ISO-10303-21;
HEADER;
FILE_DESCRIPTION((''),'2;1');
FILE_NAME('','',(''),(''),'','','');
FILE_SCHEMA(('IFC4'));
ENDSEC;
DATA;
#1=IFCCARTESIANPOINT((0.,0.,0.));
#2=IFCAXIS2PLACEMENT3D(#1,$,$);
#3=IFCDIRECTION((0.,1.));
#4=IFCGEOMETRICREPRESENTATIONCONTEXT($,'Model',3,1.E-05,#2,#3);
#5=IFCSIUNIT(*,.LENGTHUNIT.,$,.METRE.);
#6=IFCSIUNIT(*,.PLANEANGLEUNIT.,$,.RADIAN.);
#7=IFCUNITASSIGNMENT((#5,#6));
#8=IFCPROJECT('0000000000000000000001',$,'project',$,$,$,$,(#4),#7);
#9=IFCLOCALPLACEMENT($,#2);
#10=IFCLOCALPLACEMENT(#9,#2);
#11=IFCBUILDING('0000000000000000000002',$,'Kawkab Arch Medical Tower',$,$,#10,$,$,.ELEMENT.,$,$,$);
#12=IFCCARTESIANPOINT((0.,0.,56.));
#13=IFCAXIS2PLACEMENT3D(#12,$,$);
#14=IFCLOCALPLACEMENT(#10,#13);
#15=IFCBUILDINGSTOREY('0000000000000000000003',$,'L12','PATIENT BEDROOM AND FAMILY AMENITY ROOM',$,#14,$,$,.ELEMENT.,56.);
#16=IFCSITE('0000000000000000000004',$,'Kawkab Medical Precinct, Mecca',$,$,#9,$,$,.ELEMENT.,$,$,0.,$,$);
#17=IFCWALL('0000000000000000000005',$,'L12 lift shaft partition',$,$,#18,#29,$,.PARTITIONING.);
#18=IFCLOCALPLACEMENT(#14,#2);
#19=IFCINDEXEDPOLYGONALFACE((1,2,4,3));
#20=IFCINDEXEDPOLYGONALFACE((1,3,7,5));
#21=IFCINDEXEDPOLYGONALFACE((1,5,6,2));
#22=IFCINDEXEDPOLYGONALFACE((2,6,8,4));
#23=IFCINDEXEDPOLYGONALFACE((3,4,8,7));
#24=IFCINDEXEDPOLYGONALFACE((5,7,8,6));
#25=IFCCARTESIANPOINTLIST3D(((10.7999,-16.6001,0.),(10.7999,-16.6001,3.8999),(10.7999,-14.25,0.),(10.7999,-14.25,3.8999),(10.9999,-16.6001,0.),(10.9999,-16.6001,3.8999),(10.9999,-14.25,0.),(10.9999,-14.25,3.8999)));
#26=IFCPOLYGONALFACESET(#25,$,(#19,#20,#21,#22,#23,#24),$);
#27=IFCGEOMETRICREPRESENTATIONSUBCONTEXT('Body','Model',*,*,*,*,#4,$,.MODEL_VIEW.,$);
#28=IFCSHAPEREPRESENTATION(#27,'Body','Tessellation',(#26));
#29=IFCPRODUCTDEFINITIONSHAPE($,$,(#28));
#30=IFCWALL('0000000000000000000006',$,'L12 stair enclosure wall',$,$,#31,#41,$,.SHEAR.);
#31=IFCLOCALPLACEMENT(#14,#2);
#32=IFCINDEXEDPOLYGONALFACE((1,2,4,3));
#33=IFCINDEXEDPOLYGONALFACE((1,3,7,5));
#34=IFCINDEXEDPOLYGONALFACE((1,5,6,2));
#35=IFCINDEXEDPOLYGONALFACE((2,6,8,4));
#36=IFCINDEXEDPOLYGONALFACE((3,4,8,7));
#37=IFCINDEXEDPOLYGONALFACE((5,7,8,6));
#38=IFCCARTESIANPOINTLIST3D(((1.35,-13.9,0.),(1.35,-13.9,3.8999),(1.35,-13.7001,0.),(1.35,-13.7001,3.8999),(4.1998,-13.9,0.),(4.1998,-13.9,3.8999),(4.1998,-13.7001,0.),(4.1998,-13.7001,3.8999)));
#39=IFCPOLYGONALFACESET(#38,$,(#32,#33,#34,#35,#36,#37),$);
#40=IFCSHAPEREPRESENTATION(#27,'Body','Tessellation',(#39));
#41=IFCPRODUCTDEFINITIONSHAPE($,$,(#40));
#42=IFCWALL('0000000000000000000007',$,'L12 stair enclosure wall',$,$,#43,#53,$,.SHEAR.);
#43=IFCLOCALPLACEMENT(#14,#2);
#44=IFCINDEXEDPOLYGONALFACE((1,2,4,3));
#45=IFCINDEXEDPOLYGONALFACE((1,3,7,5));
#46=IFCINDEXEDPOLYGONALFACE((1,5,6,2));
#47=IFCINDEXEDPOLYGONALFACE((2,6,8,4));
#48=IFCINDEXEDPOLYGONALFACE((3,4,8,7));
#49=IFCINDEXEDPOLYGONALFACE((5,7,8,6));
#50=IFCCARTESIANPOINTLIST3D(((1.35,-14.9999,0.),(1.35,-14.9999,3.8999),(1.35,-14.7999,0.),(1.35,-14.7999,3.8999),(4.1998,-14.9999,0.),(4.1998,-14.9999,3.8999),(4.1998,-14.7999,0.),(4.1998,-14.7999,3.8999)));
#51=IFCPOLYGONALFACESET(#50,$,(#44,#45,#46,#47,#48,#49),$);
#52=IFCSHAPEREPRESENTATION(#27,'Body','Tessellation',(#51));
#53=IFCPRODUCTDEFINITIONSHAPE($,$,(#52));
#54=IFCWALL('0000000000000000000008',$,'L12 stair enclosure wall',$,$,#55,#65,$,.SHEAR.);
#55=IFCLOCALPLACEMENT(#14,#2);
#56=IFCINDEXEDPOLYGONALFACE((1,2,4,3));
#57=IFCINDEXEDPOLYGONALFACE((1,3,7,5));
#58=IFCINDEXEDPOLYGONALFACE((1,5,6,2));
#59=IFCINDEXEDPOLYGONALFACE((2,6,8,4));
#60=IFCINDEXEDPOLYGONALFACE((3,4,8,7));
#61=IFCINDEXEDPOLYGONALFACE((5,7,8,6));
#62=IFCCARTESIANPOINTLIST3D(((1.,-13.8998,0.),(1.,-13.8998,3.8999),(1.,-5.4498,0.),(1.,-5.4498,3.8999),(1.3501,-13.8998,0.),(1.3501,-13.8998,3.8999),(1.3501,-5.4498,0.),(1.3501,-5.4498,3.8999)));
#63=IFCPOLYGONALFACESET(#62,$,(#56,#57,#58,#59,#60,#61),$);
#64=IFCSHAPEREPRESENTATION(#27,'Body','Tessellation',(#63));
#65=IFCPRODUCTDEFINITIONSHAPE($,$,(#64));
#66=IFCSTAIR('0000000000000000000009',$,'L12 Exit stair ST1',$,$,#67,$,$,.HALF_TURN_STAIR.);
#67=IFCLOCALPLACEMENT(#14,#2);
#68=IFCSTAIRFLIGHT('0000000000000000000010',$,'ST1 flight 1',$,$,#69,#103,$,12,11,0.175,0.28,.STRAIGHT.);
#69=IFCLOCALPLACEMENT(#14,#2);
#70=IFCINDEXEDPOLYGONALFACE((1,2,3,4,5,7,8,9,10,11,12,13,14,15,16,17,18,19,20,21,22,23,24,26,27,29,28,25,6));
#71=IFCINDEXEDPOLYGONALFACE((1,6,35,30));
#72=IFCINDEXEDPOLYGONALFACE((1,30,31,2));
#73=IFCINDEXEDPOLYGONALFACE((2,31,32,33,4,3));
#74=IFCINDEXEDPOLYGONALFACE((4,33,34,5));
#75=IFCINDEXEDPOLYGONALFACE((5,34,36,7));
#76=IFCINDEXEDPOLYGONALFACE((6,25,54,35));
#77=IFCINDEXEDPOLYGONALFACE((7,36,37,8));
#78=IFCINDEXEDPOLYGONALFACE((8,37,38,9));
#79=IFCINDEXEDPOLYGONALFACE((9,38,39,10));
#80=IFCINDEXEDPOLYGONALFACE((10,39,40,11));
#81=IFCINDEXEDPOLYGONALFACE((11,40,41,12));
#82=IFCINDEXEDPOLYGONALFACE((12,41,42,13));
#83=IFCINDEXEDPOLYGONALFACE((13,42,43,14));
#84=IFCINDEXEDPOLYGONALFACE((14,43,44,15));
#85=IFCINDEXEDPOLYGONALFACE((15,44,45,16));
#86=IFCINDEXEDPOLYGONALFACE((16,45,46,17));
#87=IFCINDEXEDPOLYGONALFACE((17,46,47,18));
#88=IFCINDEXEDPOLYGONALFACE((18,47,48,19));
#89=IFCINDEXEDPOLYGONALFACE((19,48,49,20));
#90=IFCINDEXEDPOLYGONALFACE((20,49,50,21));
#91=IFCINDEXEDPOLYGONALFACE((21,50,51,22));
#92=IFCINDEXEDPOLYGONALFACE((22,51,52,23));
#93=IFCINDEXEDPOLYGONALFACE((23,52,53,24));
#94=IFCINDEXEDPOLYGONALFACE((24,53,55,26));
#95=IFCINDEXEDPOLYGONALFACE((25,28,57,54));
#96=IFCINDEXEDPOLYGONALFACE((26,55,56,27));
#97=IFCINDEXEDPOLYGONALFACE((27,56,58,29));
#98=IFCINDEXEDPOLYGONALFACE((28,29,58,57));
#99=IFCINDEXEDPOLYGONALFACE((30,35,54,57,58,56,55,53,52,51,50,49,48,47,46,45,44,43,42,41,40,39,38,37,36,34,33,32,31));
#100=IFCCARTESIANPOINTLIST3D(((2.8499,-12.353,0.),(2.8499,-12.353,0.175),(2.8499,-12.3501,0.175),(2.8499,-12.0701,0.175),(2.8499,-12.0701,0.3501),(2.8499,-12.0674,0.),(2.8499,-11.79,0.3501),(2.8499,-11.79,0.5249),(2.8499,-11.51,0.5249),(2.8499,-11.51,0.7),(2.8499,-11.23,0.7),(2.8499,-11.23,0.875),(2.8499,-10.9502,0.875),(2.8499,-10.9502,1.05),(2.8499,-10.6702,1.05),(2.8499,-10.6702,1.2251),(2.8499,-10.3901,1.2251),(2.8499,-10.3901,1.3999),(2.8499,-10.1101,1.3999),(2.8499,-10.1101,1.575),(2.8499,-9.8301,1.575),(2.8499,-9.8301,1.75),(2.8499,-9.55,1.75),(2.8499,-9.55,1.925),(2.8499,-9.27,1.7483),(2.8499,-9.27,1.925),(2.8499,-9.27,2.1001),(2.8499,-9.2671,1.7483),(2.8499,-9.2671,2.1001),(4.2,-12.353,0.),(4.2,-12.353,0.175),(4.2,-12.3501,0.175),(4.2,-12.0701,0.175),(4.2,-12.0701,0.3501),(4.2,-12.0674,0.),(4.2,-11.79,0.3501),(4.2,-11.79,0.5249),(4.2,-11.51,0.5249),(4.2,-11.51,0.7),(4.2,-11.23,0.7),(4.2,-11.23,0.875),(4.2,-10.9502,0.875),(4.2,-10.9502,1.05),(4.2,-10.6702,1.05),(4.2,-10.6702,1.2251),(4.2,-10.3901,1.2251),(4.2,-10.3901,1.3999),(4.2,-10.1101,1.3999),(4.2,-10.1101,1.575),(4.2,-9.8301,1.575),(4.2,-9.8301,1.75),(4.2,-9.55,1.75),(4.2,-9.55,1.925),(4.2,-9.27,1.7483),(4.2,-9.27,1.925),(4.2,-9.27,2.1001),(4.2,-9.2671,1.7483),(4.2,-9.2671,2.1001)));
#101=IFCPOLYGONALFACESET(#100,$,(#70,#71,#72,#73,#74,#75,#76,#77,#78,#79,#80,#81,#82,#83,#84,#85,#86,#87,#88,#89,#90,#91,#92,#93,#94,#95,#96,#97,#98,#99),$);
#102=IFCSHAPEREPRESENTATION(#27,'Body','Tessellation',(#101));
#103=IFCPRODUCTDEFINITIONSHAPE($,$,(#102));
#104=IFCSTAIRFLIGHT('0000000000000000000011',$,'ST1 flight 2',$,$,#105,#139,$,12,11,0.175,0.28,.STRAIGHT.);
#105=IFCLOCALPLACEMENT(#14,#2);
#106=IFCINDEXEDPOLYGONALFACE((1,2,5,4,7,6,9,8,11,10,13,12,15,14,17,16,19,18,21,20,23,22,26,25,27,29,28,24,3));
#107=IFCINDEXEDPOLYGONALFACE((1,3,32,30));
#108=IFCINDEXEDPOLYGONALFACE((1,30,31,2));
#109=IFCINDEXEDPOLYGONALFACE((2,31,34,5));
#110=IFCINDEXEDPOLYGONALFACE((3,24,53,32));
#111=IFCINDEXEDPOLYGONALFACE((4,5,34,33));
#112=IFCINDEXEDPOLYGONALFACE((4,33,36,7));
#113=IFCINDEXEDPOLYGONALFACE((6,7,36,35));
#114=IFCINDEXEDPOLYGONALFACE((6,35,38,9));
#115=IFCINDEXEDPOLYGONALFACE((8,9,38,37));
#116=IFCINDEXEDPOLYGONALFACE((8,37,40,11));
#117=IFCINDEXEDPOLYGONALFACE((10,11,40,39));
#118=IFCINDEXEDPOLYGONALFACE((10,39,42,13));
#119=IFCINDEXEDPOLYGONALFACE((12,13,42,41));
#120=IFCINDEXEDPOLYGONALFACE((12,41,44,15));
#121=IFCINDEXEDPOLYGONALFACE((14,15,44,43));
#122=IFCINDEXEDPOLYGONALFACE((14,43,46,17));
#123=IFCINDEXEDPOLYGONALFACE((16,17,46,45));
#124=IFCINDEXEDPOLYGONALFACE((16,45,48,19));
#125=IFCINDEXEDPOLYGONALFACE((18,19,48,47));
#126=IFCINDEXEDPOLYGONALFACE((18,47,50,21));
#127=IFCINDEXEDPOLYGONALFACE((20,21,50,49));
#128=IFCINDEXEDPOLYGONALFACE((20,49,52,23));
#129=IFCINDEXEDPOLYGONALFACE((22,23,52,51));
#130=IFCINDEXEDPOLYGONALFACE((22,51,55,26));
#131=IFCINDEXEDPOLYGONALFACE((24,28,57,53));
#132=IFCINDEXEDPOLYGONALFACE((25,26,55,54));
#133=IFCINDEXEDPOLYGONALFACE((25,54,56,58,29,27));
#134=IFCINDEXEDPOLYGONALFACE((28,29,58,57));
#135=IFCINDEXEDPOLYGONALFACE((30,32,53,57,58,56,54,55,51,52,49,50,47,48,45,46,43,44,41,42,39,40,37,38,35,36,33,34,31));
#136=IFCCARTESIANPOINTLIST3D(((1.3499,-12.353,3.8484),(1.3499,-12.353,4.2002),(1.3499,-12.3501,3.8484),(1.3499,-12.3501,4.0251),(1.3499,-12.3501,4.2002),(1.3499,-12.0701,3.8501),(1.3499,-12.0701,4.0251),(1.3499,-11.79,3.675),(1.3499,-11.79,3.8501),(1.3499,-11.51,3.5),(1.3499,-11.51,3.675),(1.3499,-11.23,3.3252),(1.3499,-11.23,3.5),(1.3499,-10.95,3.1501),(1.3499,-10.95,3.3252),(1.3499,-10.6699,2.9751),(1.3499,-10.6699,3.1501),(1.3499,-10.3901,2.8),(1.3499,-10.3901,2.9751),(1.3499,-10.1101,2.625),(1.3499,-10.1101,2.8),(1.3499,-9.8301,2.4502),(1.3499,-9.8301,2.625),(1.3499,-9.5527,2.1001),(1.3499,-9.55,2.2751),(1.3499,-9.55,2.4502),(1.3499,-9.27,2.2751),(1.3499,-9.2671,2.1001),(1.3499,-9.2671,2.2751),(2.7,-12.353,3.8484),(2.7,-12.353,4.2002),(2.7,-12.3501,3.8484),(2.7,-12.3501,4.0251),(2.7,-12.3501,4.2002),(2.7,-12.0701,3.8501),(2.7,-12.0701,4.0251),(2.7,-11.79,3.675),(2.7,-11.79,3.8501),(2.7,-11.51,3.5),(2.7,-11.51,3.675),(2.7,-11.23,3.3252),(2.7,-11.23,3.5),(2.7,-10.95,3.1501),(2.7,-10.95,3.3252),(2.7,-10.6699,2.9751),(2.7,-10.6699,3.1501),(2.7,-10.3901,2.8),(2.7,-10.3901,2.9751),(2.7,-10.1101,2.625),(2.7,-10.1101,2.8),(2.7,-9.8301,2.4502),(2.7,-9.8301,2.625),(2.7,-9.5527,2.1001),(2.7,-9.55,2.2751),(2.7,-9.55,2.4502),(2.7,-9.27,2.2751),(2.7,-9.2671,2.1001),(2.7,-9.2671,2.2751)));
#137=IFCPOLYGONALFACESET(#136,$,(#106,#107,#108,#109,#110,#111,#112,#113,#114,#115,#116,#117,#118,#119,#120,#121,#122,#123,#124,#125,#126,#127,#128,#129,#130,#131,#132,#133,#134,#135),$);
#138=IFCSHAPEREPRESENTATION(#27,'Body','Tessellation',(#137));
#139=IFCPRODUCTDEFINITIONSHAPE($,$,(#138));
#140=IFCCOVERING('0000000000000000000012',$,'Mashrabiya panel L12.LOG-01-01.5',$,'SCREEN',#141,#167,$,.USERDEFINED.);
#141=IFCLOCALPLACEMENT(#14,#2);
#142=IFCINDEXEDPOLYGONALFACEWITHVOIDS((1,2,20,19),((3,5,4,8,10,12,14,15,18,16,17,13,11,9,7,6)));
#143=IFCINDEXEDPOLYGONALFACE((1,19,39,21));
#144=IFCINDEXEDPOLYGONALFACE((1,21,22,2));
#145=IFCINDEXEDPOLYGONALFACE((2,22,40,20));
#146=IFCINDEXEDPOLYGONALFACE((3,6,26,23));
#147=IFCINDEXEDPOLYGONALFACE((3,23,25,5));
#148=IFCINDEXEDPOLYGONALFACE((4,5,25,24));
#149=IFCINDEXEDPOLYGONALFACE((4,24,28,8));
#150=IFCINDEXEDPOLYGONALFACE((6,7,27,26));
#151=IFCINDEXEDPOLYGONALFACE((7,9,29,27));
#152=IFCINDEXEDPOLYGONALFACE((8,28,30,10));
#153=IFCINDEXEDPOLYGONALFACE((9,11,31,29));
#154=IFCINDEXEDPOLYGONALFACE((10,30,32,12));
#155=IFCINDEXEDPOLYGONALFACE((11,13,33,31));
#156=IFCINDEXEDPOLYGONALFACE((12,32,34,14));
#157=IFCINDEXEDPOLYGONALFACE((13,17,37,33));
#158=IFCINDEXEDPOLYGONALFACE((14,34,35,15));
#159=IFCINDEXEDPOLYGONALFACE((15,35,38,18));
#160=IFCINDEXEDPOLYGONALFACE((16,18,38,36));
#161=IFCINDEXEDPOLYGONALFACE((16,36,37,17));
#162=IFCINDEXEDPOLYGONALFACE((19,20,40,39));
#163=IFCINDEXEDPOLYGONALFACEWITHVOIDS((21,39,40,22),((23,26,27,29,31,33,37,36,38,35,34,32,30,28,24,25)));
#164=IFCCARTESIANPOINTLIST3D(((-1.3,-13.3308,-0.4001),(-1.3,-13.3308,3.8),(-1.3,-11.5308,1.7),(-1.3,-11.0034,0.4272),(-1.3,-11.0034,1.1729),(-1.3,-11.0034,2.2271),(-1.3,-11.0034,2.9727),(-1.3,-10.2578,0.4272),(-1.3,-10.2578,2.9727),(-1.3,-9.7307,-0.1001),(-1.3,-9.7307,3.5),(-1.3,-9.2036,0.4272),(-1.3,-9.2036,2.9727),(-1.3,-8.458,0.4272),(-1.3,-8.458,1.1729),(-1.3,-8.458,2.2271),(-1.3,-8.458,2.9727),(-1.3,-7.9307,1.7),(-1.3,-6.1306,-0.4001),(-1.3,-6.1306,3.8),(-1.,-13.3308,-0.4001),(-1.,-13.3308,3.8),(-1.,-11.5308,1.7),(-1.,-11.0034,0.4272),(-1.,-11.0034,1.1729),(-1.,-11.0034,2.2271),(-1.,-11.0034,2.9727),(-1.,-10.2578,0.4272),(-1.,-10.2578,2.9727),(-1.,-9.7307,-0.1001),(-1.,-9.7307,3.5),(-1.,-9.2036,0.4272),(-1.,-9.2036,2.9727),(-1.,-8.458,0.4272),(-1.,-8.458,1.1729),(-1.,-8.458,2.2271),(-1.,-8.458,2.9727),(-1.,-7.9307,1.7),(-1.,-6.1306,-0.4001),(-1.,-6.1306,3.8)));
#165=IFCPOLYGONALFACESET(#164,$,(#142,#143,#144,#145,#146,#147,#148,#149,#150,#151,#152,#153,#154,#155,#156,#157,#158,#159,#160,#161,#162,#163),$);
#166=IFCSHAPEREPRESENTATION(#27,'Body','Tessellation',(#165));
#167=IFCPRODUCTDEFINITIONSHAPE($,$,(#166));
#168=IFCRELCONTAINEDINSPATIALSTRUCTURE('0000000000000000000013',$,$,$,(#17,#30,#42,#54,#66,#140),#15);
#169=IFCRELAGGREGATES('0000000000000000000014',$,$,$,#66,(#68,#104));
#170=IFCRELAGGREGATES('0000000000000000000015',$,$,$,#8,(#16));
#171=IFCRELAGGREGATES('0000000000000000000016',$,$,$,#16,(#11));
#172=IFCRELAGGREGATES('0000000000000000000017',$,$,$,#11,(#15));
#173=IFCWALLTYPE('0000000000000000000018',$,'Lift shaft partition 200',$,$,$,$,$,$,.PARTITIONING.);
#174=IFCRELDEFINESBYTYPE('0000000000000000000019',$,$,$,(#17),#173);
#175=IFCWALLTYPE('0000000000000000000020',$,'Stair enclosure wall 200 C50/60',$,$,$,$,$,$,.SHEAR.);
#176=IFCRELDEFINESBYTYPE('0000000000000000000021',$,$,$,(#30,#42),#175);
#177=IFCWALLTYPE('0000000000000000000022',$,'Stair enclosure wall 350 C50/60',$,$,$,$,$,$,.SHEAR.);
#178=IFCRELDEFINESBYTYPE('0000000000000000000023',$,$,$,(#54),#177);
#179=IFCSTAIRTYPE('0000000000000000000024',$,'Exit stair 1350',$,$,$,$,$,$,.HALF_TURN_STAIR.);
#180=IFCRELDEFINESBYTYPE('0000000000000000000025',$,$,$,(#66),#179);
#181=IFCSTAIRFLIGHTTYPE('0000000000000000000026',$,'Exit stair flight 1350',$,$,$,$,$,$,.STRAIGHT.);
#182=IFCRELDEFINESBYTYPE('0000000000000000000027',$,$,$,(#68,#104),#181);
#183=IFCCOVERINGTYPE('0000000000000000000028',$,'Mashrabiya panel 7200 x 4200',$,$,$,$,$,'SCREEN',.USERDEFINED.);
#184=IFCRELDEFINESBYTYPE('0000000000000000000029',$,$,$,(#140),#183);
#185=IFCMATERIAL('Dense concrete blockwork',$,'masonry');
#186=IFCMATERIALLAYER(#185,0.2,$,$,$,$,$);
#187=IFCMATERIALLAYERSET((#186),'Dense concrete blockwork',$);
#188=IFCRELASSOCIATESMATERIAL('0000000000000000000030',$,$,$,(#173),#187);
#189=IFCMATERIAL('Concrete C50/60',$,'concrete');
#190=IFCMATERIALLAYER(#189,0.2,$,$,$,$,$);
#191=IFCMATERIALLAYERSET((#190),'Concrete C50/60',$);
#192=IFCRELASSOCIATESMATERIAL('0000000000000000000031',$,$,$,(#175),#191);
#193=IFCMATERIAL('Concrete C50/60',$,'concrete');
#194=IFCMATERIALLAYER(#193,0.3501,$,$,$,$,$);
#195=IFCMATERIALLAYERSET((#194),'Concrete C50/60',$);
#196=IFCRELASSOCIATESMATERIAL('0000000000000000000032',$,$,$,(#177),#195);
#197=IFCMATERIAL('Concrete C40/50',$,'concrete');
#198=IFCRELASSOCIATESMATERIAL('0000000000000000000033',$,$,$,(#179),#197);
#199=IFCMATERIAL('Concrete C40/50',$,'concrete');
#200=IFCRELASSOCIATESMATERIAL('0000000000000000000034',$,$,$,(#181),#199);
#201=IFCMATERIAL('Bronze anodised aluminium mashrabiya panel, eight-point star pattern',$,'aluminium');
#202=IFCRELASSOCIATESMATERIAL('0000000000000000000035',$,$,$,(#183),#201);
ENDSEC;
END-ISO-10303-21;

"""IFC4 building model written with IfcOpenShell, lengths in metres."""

from ifc_helpers import new_model, si_unit, direction, frame, frame_2d, origin, place, context, subcontext, project, spatial, polyline, rectangle, outline, extrude, material, layer, layer_set, material_profile, profile_set, type_object, element, aggregate, save


model = new_model("IFC4")

# Units and contexts
model_context = context("Model", 3, precision=1e-05, world=origin(), true_north=direction((0.0, 1.0)))
body_context = subcontext(model_context, "Body", "Model", "MODEL_VIEW")
ifc_project = project(units=[si_unit("LENGTHUNIT", "METRE"), si_unit("PLANEANGLEUNIT", "RADIAN")], contexts=[model_context])

# Site, building, storey
site_placement = place(None, origin())
site = spatial("IfcSite", under=ifc_project, at=site_placement, Name="Kawkab Medical Precinct, Mecca", CompositionType="ELEMENT", RefElevation=0.0)
building_placement = place(site_placement, origin())
building = spatial("IfcBuilding", under=site, at=building_placement, Name="Kawkab Arch Medical Tower", CompositionType="ELEMENT")
storey_placement = place(building_placement, frame((0.0, 0.0, 56.0)))
storey = spatial("IfcBuildingStorey", under=building, at=storey_placement, Name="L12", Description="PATIENT BEDROOM AND FAMILY AMENITY ROOM", CompositionType="ELEMENT", Elevation=56.0)

# Shared definitions
placement = place(storey_placement, origin())

# Walls
ifc_material_1 = material(Name="Dense concrete blockwork", Category="masonry")
ifc_layer_1 = layer(ifc_material_1, 0.2)
ifc_layer_set_1 = layer_set([ifc_layer_1], Name="Dense concrete blockwork")
wall_type_1 = type_object("IfcWallType", Name="Lift shaft partition 200", PredefinedType="PARTITIONING", material=ifc_layer_set_1)
for number, where, z_axis, x_axis, name in (
    (1, (10.8999, -16.6001, 0.0), (0.0, 0.0, 1.0), (0.0, 1.0, 0.0), "L12 lift shaft partition"),
):
    element("IfcWall", number, at=place(storey_placement, frame(where, z_axis=z_axis, x_axis=x_axis)), inside=storey, type_object=wall_type_1, Name=name, PredefinedType="PARTITIONING", context=body_context, shape_type="SweptSolid", body=[
        extrude(rectangle(XDim=2.3501, YDim=0.2, at=frame_2d((1.175, 0.0))), origin(), (0.0, 0.0, 1.0), 3.8999),
    ])
ifc_material_2 = material(Name="Concrete C50/60", Category="concrete")
ifc_layer_2 = layer(ifc_material_2, 0.2)
ifc_layer_set_2 = layer_set([ifc_layer_2], Name="Concrete C50/60")
wall_type_2 = type_object("IfcWallType", Name="Stair enclosure wall 200 C50/60", PredefinedType="SHEAR", material=ifc_layer_set_2)
for number, where, z_axis, x_axis, name in (
    (2, (1.3501, -13.8, 0.0), (0.0, 0.0, 1.0), (1.0, 0.0, 0.0), "L12 stair enclosure wall"),
    (3, (1.3501, -14.8999, 0.0), (0.0, 0.0, 1.0), (1.0, 0.0, 0.0), "L12 stair enclosure wall"),
):
    element("IfcWall", number, at=place(storey_placement, frame(where, z_axis=z_axis, x_axis=x_axis)), inside=storey, type_object=wall_type_2, Name=name, PredefinedType="SHEAR", context=body_context, shape_type="SweptSolid", body=[
        extrude(rectangle(XDim=2.8499, YDim=0.2, at=frame_2d((1.4248, 0.0))), origin(), (0.0, 0.0, 1.0), 3.8999),
    ])
ifc_material_3 = material(Name="Concrete C50/60", Category="concrete")
ifc_layer_3 = layer(ifc_material_3, 0.3501)
ifc_layer_set_3 = layer_set([ifc_layer_3], Name="Concrete C50/60")
wall_type_3 = type_object("IfcWallType", Name="Stair enclosure wall 350 C50/60", PredefinedType="SHEAR", material=ifc_layer_set_3)
wall_1_placement = place(storey_placement, frame((1.175, -13.8999, 0.0), z_axis=(0.0, 0.0, 1.0), x_axis=(0.0, 1.0, 0.0)))
element("IfcWall", 4, at=wall_1_placement, inside=storey, type_object=wall_type_3, Name="L12 stair enclosure wall", PredefinedType="SHEAR", context=body_context, shape_type="SweptSolid", body=[
    extrude(rectangle(XDim=8.45, YDim=0.3501, at=frame_2d((4.2251, 0.0))), origin(), (0.0, 0.0, 1.0), 3.8999),
])

# Stair, stair flights
ifc_material_4 = material(Name="Concrete C40/50", Category="concrete")
stair_type = type_object("IfcStairType", Name="Exit stair 1350", PredefinedType="HALF_TURN_STAIR", material=ifc_material_4)
stair = element("IfcStair", 5, at=placement, inside=storey, type_object=stair_type, Name="L12 Exit stair ST1", PredefinedType="HALF_TURN_STAIR")
ifc_material_5 = material(Name="Concrete C40/50", Category="concrete")
stair_flight_type = type_object("IfcStairFlightType", Name="Exit stair flight 1350", PredefinedType="STRAIGHT", material=ifc_material_5)
stair_flight_1_placement = place(storey_placement, frame((3.5249, -12.3501, 0.0), z_axis=(0.0, 0.0, 1.0), x_axis=(0.0, 1.0, 0.0)))
stair_flight_1 = element("IfcStairFlight", 6, at=stair_flight_1_placement, type_object=stair_flight_type, Name="ST1 flight 1", NumberOfRisers=12, NumberOfTreads=11, PredefinedType="STRAIGHT", RiserHeight=0.175, TreadLength=0.28, context=body_context, shape_type="SweptSolid", body=[
    extrude(outline(polyline([(-0.0029, 0.0), (-0.0029, 0.175), (0.0, 0.175), (0.28, 0.175), (0.28, 0.3501), (0.5601, 0.3501), (0.5601, 0.5249), (0.8401, 0.5249), (0.8401, 0.7), (1.1201, 0.7), (1.1201, 0.875), (1.3999, 0.875), (1.3999, 1.05), (1.6799, 1.05), (1.6799, 1.2251), (1.96, 1.2251), (1.96, 1.3999), (2.24, 1.3999), (2.24, 1.575), (2.52, 1.575), (2.52, 1.75), (2.8, 1.75), (2.8, 1.925), (3.0801, 1.925), (3.0801, 2.1001), (3.083, 2.1001), (3.083, 1.7483), (3.0801, 1.7483), (0.2827, 0.0), (-0.0029, 0.0)])), frame((0.0, 0.675, 0.0), z_axis=(0.0, -1.0, 0.0), x_axis=(1.0, 0.0, 0.0)), (0.0, 0.0, 1.0), 1.3501),
])
stair_flight_2_placement = place(storey_placement, frame((2.0249, -9.27, 2.1001), z_axis=(0.0, 0.0, 1.0), x_axis=(0.0, -1.0, 0.0)))
stair_flight_2 = element("IfcStairFlight", 7, at=stair_flight_2_placement, type_object=stair_flight_type, Name="ST1 flight 2", NumberOfRisers=12, NumberOfTreads=11, PredefinedType="STRAIGHT", RiserHeight=0.175, TreadLength=0.28, context=body_context, shape_type="SweptSolid", body=[
    extrude(outline(polyline([(-0.0029, 0.0), (-0.0029, 0.175), (0.0, 0.175), (0.28, 0.175), (0.28, 0.3501), (0.5601, 0.3501), (0.5601, 0.5249), (0.8401, 0.5249), (0.8401, 0.7), (1.1201, 0.7), (1.1201, 0.875), (1.3999, 0.875), (1.3999, 1.05), (1.6799, 1.05), (1.6799, 1.2251), (1.96, 1.2251), (1.96, 1.3999), (2.24, 1.3999), (2.24, 1.575), (2.52, 1.575), (2.52, 1.75), (2.8, 1.75), (2.8, 1.925), (3.0801, 1.925), (3.0801, 2.1001), (3.083, 2.1001), (3.083, 1.7483), (3.0801, 1.7483), (0.2827, 0.0), (-0.0029, 0.0)])), frame((0.0, 0.675, 0.0), z_axis=(0.0, -1.0, 0.0), x_axis=(1.0, 0.0, 0.0)), (0.0, 0.0, 1.0), 1.3501),
])
aggregate(stair, [stair_flight_1, stair_flight_2])

# Covering
ifc_material_6 = material(Name="Bronze anodised aluminium mashrabiya panel, eight-point star pattern", Category="aluminium")
ifc_material_profile_1 = material_profile(ifc_material_6, outline(polyline([(-3.6001, -2.1001), (3.6001, -2.1001), (3.6001, 2.1001), (-3.6001, 2.1001), (-3.6001, -2.1001)]), holes=[polyline([(1.8, 0.0), (1.2727, 0.5271), (1.2727, 1.2727), (0.5271, 1.2727), (0.0, 1.8), (-0.5271, 1.2727), (-1.2727, 1.2727), (-1.2727, 0.5271), (-1.8, 0.0), (-1.2727, -0.5271), (-1.2727, -1.2727), (-0.5271, -1.2727), (0.0, -1.8), (0.5271, -1.2727), (1.2727, -1.2727), (1.2727, -0.5271), (1.8, 0.0)])]), Name="Mashrabiya panel 7200x4200")
ifc_profile_set_1 = profile_set([ifc_material_profile_1], Name="Bronze anodised aluminium mashrabiya panel, eight-point star pattern")
covering_type_1 = type_object("IfcCoveringType", Name="Mashrabiya panel 7200 x 4200", ElementType="SCREEN", PredefinedType="USERDEFINED", material=ifc_profile_set_1)
covering_1_placement = place(storey_placement, frame((-1.0, -9.7307, 1.7), z_axis=(-1.0, 0.0, 0.0), x_axis=(0.0, -1.0, 0.0)))
element("IfcCovering", 8, at=covering_1_placement, inside=storey, type_object=covering_type_1, Name="Mashrabiya panel L12.LOG-01-01.5", ObjectType="SCREEN", PredefinedType="USERDEFINED", context=body_context, shape_type="SweptSolid", body=[
    extrude(outline(polyline([(-3.6001, -2.1001), (3.6001, -2.1001), (3.6001, 2.1001), (-3.6001, 2.1001), (-3.6001, -2.1001)]), holes=[polyline([(1.8, 0.0), (1.2727, 0.5271), (1.2727, 1.2727), (0.5271, 1.2727), (0.0, 1.8), (-0.5271, 1.2727), (-1.2727, 1.2727), (-1.2727, 0.5271), (-1.8, 0.0), (-1.2727, -0.5271), (-1.2727, -1.2727), (-0.5271, -1.2727), (0.0, -1.8), (0.5271, -1.2727), (1.2727, -1.2727), (1.2727, -0.5271), (1.8, 0.0)])]), origin(), (0.0, 0.0, 1.0), 0.3),
])

save(model, "model.ifc")
